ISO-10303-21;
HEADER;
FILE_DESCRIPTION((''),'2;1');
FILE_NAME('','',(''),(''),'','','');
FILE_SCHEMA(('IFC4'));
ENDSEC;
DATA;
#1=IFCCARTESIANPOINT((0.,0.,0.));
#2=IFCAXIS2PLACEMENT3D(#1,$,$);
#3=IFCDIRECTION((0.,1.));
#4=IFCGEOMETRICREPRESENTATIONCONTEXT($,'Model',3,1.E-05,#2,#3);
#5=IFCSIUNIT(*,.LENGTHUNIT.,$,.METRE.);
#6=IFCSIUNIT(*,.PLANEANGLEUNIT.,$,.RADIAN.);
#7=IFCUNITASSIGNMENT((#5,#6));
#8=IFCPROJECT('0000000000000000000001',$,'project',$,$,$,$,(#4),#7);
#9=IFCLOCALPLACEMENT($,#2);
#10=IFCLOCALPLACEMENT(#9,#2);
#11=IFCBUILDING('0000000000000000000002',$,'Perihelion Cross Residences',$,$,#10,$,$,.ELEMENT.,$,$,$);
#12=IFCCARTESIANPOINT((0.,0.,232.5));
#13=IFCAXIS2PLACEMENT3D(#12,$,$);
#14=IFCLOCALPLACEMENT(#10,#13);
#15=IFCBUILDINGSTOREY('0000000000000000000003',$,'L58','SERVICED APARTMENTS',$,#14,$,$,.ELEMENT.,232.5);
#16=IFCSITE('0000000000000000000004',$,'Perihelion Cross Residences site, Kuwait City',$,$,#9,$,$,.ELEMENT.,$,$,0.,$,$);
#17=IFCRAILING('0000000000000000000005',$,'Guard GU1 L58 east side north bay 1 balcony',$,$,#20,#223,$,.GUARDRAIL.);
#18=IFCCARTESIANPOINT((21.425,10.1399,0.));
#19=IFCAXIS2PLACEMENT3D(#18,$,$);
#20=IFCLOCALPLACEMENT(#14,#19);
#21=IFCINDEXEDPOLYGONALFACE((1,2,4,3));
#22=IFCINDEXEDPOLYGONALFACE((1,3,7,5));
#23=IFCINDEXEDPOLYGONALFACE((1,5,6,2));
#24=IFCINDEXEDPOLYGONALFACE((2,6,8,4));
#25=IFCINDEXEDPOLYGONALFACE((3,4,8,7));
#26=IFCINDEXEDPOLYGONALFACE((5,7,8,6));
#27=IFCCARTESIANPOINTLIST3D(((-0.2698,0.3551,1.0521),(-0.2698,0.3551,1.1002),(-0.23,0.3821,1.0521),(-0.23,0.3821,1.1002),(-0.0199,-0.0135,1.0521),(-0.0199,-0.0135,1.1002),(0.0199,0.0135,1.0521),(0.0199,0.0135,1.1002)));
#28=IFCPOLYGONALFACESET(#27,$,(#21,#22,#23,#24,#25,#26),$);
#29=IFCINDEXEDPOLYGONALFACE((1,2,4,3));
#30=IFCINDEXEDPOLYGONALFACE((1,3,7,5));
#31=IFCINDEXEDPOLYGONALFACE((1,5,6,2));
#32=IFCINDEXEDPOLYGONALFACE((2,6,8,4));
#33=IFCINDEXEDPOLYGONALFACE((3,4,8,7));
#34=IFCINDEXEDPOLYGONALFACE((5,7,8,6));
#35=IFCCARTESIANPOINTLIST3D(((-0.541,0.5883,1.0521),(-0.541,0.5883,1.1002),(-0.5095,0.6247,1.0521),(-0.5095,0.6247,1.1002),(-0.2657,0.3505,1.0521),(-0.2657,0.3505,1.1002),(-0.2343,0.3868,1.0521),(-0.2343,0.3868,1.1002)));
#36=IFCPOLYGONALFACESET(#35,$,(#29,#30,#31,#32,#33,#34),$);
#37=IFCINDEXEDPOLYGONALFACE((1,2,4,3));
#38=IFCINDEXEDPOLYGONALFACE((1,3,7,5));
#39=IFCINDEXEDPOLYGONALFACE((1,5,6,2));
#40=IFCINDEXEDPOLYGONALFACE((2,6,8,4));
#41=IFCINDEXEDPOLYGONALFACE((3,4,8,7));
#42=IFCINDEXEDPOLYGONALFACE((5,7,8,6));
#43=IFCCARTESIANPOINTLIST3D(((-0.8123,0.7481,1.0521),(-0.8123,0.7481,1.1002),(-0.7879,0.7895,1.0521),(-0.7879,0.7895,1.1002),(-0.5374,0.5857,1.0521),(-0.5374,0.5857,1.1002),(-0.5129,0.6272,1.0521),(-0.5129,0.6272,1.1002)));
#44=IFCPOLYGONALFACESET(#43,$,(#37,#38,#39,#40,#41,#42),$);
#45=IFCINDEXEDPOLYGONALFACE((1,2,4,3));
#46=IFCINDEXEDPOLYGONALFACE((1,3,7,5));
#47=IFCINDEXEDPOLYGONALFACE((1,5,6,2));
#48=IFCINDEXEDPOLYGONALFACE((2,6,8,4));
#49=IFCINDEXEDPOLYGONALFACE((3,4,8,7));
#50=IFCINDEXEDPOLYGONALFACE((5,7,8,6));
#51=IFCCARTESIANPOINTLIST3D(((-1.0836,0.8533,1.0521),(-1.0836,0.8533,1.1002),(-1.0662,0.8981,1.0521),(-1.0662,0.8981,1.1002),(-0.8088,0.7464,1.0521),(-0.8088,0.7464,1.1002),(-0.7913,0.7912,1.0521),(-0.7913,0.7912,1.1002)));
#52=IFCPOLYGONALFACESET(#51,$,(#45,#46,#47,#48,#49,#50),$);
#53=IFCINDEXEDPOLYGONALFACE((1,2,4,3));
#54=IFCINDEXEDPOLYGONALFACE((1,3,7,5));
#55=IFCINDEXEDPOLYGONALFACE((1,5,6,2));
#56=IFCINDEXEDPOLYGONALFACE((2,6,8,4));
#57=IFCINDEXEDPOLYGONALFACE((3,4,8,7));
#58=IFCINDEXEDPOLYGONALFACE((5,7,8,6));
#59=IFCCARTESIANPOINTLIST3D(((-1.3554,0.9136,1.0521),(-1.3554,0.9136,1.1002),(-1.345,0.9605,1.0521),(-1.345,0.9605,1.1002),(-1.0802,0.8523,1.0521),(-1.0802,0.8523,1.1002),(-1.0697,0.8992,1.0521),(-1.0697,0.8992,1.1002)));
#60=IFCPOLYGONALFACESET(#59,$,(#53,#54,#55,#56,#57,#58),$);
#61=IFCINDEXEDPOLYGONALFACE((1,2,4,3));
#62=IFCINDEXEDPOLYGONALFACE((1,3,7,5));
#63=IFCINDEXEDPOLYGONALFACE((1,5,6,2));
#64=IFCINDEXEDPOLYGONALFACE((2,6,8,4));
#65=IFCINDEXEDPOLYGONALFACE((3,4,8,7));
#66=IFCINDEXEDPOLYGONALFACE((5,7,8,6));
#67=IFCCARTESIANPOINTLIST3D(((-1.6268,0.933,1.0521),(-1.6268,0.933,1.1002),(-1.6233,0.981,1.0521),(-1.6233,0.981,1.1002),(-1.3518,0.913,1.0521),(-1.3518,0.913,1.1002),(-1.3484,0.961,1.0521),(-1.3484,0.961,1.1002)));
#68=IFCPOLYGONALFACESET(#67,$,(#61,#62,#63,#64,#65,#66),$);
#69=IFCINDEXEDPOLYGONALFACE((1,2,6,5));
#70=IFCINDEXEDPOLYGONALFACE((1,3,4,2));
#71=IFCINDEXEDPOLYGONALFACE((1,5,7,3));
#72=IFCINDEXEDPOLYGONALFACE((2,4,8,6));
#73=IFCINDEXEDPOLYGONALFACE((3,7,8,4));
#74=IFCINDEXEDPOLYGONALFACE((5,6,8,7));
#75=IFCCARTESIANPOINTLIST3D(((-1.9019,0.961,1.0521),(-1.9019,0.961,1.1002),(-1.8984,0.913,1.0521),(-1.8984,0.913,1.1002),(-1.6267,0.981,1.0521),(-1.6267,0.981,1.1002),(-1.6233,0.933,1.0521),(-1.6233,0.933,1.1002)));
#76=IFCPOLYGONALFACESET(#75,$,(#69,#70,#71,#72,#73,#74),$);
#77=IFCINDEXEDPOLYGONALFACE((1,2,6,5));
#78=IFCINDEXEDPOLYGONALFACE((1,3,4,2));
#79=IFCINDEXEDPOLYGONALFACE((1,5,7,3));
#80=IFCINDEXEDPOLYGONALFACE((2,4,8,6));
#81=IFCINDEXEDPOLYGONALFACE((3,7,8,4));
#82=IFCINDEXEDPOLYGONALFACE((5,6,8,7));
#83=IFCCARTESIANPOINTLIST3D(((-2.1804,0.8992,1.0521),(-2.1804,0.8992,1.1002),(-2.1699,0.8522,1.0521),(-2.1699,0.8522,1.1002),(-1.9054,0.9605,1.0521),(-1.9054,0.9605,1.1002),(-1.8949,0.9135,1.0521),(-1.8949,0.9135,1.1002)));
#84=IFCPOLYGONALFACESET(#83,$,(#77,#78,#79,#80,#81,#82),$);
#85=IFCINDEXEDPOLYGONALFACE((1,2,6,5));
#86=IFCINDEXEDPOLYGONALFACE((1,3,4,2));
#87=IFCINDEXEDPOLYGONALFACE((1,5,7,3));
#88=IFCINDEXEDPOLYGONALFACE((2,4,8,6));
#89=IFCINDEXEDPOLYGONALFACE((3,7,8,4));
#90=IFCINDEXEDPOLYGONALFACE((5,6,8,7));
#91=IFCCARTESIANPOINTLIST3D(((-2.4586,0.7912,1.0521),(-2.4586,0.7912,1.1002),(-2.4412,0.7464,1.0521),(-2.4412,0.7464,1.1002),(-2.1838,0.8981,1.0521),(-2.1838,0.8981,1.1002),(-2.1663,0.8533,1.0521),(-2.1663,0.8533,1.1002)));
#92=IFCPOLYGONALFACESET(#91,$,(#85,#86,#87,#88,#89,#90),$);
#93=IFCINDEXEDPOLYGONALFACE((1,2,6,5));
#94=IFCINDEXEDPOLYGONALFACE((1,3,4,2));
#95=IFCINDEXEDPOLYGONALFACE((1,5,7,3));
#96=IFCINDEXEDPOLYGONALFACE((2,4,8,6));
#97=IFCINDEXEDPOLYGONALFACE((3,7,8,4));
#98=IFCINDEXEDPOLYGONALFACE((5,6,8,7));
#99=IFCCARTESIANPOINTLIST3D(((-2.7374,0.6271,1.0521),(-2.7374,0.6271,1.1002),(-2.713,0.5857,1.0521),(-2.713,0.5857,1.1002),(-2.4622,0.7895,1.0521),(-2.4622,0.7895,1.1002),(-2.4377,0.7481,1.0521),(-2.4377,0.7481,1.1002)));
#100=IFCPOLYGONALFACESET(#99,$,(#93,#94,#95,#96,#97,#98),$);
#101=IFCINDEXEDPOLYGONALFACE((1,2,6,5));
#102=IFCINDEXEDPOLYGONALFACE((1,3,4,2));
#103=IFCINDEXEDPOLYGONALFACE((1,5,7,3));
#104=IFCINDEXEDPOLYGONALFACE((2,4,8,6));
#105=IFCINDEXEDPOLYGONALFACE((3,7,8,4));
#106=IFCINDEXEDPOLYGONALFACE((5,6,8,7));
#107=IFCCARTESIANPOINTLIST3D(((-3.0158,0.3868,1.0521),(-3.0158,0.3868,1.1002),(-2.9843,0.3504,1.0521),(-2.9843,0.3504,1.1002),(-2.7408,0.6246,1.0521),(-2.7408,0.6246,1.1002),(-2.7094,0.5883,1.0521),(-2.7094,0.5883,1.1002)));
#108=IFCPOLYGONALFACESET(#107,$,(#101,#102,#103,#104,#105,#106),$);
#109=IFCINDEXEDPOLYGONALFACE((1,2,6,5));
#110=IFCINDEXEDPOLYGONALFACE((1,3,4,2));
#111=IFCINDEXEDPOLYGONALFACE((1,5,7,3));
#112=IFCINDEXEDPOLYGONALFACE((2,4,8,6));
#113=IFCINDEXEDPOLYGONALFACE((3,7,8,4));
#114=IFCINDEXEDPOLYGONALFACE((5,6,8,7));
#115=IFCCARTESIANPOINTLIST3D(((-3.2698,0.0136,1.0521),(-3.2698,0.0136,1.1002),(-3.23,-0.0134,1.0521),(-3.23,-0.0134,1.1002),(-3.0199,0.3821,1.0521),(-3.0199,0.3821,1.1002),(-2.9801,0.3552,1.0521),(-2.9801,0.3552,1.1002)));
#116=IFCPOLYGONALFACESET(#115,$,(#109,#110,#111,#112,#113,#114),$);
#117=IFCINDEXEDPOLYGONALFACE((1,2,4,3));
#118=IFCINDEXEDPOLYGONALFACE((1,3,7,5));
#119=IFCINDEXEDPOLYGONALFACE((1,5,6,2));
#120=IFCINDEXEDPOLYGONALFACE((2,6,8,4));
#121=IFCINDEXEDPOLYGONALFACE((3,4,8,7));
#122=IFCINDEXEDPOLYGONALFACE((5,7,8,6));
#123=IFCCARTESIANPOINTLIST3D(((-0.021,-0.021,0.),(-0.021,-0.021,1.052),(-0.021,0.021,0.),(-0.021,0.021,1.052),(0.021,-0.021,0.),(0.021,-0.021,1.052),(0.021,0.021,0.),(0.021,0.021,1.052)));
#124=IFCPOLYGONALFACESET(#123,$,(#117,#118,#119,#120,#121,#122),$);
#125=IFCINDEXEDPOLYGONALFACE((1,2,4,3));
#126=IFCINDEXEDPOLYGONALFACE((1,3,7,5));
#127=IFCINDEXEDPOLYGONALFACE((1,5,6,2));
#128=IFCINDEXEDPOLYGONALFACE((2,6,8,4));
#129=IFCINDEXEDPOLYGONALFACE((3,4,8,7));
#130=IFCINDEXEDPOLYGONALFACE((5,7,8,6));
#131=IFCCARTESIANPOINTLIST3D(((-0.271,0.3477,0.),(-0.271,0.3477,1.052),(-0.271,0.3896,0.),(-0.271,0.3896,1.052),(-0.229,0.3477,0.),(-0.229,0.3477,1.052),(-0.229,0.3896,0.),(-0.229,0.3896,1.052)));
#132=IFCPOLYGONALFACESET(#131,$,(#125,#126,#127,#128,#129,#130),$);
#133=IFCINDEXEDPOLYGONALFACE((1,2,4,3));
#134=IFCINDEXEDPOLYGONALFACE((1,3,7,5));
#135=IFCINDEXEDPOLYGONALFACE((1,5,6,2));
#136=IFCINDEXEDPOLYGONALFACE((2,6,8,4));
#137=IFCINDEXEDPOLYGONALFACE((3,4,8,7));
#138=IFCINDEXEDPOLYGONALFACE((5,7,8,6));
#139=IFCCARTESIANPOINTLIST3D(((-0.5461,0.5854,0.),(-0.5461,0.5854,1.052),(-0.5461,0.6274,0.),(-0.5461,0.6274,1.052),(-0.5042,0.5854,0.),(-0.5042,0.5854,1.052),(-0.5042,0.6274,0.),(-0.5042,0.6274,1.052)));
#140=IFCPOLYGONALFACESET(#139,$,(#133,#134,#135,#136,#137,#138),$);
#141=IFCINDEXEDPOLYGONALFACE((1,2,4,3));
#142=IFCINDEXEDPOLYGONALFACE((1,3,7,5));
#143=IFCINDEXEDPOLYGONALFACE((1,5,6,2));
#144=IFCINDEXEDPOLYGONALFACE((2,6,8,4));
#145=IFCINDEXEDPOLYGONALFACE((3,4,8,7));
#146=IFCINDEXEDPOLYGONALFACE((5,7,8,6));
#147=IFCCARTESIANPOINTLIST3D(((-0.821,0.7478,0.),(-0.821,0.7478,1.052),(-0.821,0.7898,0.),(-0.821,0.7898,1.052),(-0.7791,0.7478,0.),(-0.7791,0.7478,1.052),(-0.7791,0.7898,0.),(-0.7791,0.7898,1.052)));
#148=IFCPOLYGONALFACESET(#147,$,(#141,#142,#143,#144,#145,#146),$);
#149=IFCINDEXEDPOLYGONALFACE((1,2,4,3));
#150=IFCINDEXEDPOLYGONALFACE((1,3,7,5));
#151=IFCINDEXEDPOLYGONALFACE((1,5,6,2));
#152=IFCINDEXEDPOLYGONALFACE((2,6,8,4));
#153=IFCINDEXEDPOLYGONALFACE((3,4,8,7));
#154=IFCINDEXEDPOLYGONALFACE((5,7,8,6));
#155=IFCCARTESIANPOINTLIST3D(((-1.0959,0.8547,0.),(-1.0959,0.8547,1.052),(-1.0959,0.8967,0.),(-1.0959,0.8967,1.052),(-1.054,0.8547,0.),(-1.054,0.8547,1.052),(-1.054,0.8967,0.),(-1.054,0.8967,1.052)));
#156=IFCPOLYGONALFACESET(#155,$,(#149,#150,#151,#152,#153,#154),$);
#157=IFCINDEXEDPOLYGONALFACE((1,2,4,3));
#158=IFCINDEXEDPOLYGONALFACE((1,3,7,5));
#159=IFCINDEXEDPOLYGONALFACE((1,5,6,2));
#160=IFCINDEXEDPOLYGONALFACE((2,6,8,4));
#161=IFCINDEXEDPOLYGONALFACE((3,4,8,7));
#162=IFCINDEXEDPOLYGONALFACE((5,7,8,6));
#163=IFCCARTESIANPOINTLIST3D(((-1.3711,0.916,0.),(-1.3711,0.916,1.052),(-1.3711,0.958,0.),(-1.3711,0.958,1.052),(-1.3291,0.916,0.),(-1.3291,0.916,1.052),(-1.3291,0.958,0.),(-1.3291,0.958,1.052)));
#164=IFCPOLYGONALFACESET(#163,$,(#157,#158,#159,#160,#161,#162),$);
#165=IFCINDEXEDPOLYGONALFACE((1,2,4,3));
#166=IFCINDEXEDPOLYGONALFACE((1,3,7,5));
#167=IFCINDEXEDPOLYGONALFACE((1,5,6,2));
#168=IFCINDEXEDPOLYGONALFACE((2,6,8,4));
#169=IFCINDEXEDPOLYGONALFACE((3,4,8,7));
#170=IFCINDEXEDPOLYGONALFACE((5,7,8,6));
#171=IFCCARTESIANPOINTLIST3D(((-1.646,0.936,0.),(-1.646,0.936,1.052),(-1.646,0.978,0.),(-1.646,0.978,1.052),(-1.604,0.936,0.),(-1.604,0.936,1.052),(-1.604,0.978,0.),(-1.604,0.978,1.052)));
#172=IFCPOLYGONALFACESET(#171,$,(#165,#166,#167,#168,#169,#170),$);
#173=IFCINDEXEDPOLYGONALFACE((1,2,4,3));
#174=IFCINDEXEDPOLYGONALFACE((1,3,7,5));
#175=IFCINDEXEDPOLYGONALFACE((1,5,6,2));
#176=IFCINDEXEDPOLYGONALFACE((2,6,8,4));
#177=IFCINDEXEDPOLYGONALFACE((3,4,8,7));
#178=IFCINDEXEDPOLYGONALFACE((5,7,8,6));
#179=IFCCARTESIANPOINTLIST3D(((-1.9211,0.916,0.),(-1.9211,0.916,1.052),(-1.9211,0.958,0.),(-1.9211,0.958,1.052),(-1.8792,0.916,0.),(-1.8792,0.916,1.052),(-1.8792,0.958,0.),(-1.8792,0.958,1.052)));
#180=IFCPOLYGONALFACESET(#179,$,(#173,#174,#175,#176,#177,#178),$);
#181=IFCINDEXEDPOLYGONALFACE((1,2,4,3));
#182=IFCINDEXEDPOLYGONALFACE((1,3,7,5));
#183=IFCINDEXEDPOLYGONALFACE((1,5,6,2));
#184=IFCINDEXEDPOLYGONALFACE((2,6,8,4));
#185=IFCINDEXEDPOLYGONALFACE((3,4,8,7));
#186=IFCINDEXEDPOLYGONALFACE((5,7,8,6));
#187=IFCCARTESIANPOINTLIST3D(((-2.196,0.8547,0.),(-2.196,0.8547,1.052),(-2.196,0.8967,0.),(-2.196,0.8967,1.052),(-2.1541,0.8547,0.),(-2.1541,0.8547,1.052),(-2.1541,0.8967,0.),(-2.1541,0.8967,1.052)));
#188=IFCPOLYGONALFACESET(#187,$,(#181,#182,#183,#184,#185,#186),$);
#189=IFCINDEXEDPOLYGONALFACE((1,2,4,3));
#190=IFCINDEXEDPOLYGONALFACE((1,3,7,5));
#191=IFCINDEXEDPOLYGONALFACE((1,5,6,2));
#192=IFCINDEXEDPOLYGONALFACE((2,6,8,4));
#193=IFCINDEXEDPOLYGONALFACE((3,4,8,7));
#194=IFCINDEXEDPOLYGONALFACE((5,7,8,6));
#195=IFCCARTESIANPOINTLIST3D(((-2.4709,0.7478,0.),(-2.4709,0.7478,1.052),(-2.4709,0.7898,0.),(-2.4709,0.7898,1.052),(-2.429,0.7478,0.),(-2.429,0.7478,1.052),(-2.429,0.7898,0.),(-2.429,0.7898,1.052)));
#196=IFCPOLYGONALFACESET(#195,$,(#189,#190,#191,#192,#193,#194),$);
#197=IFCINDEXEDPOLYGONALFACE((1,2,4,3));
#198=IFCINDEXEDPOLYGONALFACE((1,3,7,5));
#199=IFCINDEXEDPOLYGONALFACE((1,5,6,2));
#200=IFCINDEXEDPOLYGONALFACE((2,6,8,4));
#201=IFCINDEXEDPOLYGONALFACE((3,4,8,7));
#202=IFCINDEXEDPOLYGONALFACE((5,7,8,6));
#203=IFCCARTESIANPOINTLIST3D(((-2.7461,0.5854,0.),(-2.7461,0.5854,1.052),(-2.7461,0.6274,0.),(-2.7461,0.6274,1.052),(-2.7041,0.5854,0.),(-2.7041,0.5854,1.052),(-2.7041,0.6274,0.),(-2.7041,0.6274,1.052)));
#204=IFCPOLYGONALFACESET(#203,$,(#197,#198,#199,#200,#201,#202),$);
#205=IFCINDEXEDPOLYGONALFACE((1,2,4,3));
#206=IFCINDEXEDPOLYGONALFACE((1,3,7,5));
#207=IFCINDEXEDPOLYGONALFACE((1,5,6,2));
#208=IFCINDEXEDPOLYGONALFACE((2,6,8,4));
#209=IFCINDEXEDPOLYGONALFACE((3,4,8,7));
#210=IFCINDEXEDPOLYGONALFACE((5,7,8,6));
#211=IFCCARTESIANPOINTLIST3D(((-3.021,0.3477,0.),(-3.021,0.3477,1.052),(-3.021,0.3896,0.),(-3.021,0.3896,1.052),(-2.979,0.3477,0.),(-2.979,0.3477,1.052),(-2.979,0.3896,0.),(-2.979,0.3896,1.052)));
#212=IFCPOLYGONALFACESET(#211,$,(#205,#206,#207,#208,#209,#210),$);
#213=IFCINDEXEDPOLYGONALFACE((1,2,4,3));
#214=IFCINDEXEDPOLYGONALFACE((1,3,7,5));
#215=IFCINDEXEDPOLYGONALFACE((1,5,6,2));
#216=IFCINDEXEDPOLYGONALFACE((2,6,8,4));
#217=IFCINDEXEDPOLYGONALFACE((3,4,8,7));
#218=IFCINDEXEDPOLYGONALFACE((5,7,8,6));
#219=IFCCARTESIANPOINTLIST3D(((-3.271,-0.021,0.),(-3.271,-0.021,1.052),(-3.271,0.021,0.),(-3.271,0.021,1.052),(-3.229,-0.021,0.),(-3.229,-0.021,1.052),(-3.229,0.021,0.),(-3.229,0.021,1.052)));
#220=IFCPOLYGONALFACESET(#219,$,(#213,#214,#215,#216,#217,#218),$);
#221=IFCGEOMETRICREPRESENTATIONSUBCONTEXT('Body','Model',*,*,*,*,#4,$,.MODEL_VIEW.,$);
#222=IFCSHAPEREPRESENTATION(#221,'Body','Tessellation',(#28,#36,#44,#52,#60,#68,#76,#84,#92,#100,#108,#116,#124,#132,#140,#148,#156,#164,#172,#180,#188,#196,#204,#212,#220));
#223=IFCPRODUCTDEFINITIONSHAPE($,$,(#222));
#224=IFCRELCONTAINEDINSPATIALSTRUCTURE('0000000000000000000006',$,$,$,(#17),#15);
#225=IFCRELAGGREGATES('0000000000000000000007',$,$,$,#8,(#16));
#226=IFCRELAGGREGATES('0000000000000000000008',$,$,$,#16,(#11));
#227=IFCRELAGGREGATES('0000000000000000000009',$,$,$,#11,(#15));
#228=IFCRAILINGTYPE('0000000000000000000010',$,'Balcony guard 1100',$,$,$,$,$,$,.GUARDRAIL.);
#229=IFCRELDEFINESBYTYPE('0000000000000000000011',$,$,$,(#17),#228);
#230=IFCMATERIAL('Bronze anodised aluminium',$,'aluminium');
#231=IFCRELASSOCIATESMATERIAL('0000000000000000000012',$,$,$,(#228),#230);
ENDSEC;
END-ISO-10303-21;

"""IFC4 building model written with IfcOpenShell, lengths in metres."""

from ifc_helpers import new_model, si_unit, direction, frame, origin, origin_2d, place, context, subcontext, project, spatial, rectangle, extrude, material, type_object, element, save


model = new_model("IFC4")

# Units and contexts
model_context = context("Model", 3, precision=1e-05, world=origin(), true_north=direction((0.0, 1.0)))
body_context = subcontext(model_context, "Body", "Model", "MODEL_VIEW")
ifc_project = project(units=[si_unit("LENGTHUNIT", "METRE"), si_unit("PLANEANGLEUNIT", "RADIAN")], contexts=[model_context])

# Site, building, storey
site_placement = place(None, origin())
site = spatial("IfcSite", under=ifc_project, at=site_placement, Name="Perihelion Cross Residences site, Kuwait City", CompositionType="ELEMENT", RefElevation=0.0)
building_placement = place(site_placement, origin())
building = spatial("IfcBuilding", under=site, at=building_placement, Name="Perihelion Cross Residences", CompositionType="ELEMENT")
storey_placement = place(building_placement, frame((0.0, 0.0, 232.5)))
storey = spatial("IfcBuildingStorey", under=building, at=storey_placement, Name="L58", Description="SERVICED APARTMENTS", CompositionType="ELEMENT", Elevation=232.5)

# Railing
ifc_material_1 = material(Name="Bronze anodised aluminium", Category="aluminium")
railing_type_1 = type_object("IfcRailingType", Name="Balcony guard 1100", PredefinedType="GUARDRAIL", material=ifc_material_1)
railing_1_placement = place(storey_placement, frame((21.425, 10.1399, 0.0)))
element("IfcRailing", 1, at=railing_1_placement, inside=storey, type_object=railing_type_1, Name="Guard GU1 L58 east side north bay 1 balcony", PredefinedType="GUARDRAIL", context=body_context, shape_type="SweptSolid", body=[
    extrude(rectangle(XDim=0.0481, YDim=0.0481, at=origin_2d()), frame((0.0, 0.0, 1.0762), z_axis=(-0.56126, 0.827639, 0.0), x_axis=(-0.827639, -0.56126, 0.0)), (0.0, 0.0, 1.0), 0.4453),
    extrude(rectangle(XDim=0.0481, YDim=0.0481, at=origin_2d()), frame((-0.25, 0.3687, 1.0762), z_axis=(-0.756597, 0.653882, 0.0), x_axis=(-0.653882, -0.756597, 0.0)), (0.0, 0.0, 1.0), 0.3638),
    extrude(rectangle(XDim=0.0481, YDim=0.0481, at=origin_2d()), frame((-0.5251, 0.6064, 1.0762), z_axis=(-0.861048, 0.508523, 0.0), x_axis=(-0.508523, -0.861048, 0.0)), (0.0, 0.0, 1.0), 0.3193),
    extrude(rectangle(XDim=0.0481, YDim=0.0481, at=origin_2d()), frame((-0.8, 0.7688, 1.0762), z_axis=(-0.931974, 0.362526, 0.0), x_axis=(-0.362526, -0.931974, 0.0)), (0.0, 0.0, 1.0), 0.2949),
    extrude(rectangle(XDim=0.0481, YDim=0.0481, at=origin_2d()), frame((-1.075, 0.8757, 1.0762), z_axis=(-0.976085, 0.217389, 0.0), x_axis=(-0.217389, -0.976085, 0.0)), (0.0, 0.0, 1.0), 0.282),
    extrude(rectangle(XDim=0.0481, YDim=0.0481, at=origin_2d()), frame((-1.3501, 0.937, 1.0762), z_axis=(-0.997359, 0.072632, 0.0), x_axis=(-0.072632, -0.997359, 0.0)), (0.0, 0.0, 1.0), 0.2756),
    extrude(rectangle(XDim=0.0481, YDim=0.0481, at=origin_2d()), frame((-1.625, 0.957, 1.0762), z_axis=(-0.997363, -0.072568, 0.0), x_axis=(0.072568, -0.997363, 0.0)), (0.0, 0.0, 1.0), 0.2759),
    extrude(rectangle(XDim=0.0481, YDim=0.0481, at=origin_2d()), frame((-1.9001, 0.937, 1.0762), z_axis=(-0.976044, -0.217573, 0.0), x_axis=(0.217573, -0.976044, 0.0)), (0.0, 0.0, 1.0), 0.2817),
    extrude(rectangle(XDim=0.0481, YDim=0.0481, at=origin_2d()), frame((-2.175, 0.8757, 1.0762), z_axis=(-0.931974, -0.362526, 0.0), x_axis=(0.362526, -0.931974, 0.0)), (0.0, 0.0, 1.0), 0.2949),
    extrude(rectangle(XDim=0.0481, YDim=0.0481, at=origin_2d()), frame((-2.45, 0.7688, 1.0762), z_axis=(-0.861246, -0.508189, 0.0), x_axis=(0.508189, -0.861246, 0.0)), (0.0, 0.0, 1.0), 0.3196),
    extrude(rectangle(XDim=0.0481, YDim=0.0481, at=origin_2d()), frame((-2.7251, 0.6064, 1.0762), z_axis=(-0.756309, -0.654214, 0.0), x_axis=(0.654214, -0.756309, 0.0)), (0.0, 0.0, 1.0), 0.3635),
    extrude(rectangle(XDim=0.0481, YDim=0.0481, at=origin_2d()), frame((-3.0, 0.3687, 1.0762), z_axis=(-0.56126, -0.827639, 0.0), x_axis=(0.827639, -0.56126, 0.0)), (0.0, 0.0, 1.0), 0.4453),
    extrude(rectangle(XDim=0.042, YDim=0.042, at=origin_2d()), origin(), (0.0, 0.0, 1.0), 1.052),
    extrude(rectangle(XDim=0.042, YDim=0.042, at=origin_2d()), frame((-0.25, 0.3687, 0.0)), (0.0, 0.0, 1.0), 1.052),
    extrude(rectangle(XDim=0.042, YDim=0.042, at=origin_2d()), frame((-0.5251, 0.6064, 0.0)), (0.0, 0.0, 1.0), 1.052),
    extrude(rectangle(XDim=0.042, YDim=0.042, at=origin_2d()), frame((-0.8, 0.7688, 0.0)), (0.0, 0.0, 1.0), 1.052),
    extrude(rectangle(XDim=0.042, YDim=0.042, at=origin_2d()), frame((-1.075, 0.8757, 0.0)), (0.0, 0.0, 1.0), 1.052),
    extrude(rectangle(XDim=0.042, YDim=0.042, at=origin_2d()), frame((-1.3501, 0.937, 0.0)), (0.0, 0.0, 1.0), 1.052),
    extrude(rectangle(XDim=0.042, YDim=0.042, at=origin_2d()), frame((-1.625, 0.957, 0.0)), (0.0, 0.0, 1.0), 1.052),
    extrude(rectangle(XDim=0.042, YDim=0.042, at=origin_2d()), frame((-1.9001, 0.937, 0.0)), (0.0, 0.0, 1.0), 1.052),
    extrude(rectangle(XDim=0.042, YDim=0.042, at=origin_2d()), frame((-2.175, 0.8757, 0.0)), (0.0, 0.0, 1.0), 1.052),
    extrude(rectangle(XDim=0.042, YDim=0.042, at=origin_2d()), frame((-2.45, 0.7688, 0.0)), (0.0, 0.0, 1.0), 1.052),
    extrude(rectangle(XDim=0.042, YDim=0.042, at=origin_2d()), frame((-2.7251, 0.6064, 0.0)), (0.0, 0.0, 1.0), 1.052),
    extrude(rectangle(XDim=0.042, YDim=0.042, at=origin_2d()), frame((-3.0, 0.3687, 0.0)), (0.0, 0.0, 1.0), 1.052),
    extrude(rectangle(XDim=0.042, YDim=0.042, at=origin_2d()), frame((-3.25, 0.0, 0.0)), (0.0, 0.0, 1.0), 1.052),
])

save(model, "model.ifc")
